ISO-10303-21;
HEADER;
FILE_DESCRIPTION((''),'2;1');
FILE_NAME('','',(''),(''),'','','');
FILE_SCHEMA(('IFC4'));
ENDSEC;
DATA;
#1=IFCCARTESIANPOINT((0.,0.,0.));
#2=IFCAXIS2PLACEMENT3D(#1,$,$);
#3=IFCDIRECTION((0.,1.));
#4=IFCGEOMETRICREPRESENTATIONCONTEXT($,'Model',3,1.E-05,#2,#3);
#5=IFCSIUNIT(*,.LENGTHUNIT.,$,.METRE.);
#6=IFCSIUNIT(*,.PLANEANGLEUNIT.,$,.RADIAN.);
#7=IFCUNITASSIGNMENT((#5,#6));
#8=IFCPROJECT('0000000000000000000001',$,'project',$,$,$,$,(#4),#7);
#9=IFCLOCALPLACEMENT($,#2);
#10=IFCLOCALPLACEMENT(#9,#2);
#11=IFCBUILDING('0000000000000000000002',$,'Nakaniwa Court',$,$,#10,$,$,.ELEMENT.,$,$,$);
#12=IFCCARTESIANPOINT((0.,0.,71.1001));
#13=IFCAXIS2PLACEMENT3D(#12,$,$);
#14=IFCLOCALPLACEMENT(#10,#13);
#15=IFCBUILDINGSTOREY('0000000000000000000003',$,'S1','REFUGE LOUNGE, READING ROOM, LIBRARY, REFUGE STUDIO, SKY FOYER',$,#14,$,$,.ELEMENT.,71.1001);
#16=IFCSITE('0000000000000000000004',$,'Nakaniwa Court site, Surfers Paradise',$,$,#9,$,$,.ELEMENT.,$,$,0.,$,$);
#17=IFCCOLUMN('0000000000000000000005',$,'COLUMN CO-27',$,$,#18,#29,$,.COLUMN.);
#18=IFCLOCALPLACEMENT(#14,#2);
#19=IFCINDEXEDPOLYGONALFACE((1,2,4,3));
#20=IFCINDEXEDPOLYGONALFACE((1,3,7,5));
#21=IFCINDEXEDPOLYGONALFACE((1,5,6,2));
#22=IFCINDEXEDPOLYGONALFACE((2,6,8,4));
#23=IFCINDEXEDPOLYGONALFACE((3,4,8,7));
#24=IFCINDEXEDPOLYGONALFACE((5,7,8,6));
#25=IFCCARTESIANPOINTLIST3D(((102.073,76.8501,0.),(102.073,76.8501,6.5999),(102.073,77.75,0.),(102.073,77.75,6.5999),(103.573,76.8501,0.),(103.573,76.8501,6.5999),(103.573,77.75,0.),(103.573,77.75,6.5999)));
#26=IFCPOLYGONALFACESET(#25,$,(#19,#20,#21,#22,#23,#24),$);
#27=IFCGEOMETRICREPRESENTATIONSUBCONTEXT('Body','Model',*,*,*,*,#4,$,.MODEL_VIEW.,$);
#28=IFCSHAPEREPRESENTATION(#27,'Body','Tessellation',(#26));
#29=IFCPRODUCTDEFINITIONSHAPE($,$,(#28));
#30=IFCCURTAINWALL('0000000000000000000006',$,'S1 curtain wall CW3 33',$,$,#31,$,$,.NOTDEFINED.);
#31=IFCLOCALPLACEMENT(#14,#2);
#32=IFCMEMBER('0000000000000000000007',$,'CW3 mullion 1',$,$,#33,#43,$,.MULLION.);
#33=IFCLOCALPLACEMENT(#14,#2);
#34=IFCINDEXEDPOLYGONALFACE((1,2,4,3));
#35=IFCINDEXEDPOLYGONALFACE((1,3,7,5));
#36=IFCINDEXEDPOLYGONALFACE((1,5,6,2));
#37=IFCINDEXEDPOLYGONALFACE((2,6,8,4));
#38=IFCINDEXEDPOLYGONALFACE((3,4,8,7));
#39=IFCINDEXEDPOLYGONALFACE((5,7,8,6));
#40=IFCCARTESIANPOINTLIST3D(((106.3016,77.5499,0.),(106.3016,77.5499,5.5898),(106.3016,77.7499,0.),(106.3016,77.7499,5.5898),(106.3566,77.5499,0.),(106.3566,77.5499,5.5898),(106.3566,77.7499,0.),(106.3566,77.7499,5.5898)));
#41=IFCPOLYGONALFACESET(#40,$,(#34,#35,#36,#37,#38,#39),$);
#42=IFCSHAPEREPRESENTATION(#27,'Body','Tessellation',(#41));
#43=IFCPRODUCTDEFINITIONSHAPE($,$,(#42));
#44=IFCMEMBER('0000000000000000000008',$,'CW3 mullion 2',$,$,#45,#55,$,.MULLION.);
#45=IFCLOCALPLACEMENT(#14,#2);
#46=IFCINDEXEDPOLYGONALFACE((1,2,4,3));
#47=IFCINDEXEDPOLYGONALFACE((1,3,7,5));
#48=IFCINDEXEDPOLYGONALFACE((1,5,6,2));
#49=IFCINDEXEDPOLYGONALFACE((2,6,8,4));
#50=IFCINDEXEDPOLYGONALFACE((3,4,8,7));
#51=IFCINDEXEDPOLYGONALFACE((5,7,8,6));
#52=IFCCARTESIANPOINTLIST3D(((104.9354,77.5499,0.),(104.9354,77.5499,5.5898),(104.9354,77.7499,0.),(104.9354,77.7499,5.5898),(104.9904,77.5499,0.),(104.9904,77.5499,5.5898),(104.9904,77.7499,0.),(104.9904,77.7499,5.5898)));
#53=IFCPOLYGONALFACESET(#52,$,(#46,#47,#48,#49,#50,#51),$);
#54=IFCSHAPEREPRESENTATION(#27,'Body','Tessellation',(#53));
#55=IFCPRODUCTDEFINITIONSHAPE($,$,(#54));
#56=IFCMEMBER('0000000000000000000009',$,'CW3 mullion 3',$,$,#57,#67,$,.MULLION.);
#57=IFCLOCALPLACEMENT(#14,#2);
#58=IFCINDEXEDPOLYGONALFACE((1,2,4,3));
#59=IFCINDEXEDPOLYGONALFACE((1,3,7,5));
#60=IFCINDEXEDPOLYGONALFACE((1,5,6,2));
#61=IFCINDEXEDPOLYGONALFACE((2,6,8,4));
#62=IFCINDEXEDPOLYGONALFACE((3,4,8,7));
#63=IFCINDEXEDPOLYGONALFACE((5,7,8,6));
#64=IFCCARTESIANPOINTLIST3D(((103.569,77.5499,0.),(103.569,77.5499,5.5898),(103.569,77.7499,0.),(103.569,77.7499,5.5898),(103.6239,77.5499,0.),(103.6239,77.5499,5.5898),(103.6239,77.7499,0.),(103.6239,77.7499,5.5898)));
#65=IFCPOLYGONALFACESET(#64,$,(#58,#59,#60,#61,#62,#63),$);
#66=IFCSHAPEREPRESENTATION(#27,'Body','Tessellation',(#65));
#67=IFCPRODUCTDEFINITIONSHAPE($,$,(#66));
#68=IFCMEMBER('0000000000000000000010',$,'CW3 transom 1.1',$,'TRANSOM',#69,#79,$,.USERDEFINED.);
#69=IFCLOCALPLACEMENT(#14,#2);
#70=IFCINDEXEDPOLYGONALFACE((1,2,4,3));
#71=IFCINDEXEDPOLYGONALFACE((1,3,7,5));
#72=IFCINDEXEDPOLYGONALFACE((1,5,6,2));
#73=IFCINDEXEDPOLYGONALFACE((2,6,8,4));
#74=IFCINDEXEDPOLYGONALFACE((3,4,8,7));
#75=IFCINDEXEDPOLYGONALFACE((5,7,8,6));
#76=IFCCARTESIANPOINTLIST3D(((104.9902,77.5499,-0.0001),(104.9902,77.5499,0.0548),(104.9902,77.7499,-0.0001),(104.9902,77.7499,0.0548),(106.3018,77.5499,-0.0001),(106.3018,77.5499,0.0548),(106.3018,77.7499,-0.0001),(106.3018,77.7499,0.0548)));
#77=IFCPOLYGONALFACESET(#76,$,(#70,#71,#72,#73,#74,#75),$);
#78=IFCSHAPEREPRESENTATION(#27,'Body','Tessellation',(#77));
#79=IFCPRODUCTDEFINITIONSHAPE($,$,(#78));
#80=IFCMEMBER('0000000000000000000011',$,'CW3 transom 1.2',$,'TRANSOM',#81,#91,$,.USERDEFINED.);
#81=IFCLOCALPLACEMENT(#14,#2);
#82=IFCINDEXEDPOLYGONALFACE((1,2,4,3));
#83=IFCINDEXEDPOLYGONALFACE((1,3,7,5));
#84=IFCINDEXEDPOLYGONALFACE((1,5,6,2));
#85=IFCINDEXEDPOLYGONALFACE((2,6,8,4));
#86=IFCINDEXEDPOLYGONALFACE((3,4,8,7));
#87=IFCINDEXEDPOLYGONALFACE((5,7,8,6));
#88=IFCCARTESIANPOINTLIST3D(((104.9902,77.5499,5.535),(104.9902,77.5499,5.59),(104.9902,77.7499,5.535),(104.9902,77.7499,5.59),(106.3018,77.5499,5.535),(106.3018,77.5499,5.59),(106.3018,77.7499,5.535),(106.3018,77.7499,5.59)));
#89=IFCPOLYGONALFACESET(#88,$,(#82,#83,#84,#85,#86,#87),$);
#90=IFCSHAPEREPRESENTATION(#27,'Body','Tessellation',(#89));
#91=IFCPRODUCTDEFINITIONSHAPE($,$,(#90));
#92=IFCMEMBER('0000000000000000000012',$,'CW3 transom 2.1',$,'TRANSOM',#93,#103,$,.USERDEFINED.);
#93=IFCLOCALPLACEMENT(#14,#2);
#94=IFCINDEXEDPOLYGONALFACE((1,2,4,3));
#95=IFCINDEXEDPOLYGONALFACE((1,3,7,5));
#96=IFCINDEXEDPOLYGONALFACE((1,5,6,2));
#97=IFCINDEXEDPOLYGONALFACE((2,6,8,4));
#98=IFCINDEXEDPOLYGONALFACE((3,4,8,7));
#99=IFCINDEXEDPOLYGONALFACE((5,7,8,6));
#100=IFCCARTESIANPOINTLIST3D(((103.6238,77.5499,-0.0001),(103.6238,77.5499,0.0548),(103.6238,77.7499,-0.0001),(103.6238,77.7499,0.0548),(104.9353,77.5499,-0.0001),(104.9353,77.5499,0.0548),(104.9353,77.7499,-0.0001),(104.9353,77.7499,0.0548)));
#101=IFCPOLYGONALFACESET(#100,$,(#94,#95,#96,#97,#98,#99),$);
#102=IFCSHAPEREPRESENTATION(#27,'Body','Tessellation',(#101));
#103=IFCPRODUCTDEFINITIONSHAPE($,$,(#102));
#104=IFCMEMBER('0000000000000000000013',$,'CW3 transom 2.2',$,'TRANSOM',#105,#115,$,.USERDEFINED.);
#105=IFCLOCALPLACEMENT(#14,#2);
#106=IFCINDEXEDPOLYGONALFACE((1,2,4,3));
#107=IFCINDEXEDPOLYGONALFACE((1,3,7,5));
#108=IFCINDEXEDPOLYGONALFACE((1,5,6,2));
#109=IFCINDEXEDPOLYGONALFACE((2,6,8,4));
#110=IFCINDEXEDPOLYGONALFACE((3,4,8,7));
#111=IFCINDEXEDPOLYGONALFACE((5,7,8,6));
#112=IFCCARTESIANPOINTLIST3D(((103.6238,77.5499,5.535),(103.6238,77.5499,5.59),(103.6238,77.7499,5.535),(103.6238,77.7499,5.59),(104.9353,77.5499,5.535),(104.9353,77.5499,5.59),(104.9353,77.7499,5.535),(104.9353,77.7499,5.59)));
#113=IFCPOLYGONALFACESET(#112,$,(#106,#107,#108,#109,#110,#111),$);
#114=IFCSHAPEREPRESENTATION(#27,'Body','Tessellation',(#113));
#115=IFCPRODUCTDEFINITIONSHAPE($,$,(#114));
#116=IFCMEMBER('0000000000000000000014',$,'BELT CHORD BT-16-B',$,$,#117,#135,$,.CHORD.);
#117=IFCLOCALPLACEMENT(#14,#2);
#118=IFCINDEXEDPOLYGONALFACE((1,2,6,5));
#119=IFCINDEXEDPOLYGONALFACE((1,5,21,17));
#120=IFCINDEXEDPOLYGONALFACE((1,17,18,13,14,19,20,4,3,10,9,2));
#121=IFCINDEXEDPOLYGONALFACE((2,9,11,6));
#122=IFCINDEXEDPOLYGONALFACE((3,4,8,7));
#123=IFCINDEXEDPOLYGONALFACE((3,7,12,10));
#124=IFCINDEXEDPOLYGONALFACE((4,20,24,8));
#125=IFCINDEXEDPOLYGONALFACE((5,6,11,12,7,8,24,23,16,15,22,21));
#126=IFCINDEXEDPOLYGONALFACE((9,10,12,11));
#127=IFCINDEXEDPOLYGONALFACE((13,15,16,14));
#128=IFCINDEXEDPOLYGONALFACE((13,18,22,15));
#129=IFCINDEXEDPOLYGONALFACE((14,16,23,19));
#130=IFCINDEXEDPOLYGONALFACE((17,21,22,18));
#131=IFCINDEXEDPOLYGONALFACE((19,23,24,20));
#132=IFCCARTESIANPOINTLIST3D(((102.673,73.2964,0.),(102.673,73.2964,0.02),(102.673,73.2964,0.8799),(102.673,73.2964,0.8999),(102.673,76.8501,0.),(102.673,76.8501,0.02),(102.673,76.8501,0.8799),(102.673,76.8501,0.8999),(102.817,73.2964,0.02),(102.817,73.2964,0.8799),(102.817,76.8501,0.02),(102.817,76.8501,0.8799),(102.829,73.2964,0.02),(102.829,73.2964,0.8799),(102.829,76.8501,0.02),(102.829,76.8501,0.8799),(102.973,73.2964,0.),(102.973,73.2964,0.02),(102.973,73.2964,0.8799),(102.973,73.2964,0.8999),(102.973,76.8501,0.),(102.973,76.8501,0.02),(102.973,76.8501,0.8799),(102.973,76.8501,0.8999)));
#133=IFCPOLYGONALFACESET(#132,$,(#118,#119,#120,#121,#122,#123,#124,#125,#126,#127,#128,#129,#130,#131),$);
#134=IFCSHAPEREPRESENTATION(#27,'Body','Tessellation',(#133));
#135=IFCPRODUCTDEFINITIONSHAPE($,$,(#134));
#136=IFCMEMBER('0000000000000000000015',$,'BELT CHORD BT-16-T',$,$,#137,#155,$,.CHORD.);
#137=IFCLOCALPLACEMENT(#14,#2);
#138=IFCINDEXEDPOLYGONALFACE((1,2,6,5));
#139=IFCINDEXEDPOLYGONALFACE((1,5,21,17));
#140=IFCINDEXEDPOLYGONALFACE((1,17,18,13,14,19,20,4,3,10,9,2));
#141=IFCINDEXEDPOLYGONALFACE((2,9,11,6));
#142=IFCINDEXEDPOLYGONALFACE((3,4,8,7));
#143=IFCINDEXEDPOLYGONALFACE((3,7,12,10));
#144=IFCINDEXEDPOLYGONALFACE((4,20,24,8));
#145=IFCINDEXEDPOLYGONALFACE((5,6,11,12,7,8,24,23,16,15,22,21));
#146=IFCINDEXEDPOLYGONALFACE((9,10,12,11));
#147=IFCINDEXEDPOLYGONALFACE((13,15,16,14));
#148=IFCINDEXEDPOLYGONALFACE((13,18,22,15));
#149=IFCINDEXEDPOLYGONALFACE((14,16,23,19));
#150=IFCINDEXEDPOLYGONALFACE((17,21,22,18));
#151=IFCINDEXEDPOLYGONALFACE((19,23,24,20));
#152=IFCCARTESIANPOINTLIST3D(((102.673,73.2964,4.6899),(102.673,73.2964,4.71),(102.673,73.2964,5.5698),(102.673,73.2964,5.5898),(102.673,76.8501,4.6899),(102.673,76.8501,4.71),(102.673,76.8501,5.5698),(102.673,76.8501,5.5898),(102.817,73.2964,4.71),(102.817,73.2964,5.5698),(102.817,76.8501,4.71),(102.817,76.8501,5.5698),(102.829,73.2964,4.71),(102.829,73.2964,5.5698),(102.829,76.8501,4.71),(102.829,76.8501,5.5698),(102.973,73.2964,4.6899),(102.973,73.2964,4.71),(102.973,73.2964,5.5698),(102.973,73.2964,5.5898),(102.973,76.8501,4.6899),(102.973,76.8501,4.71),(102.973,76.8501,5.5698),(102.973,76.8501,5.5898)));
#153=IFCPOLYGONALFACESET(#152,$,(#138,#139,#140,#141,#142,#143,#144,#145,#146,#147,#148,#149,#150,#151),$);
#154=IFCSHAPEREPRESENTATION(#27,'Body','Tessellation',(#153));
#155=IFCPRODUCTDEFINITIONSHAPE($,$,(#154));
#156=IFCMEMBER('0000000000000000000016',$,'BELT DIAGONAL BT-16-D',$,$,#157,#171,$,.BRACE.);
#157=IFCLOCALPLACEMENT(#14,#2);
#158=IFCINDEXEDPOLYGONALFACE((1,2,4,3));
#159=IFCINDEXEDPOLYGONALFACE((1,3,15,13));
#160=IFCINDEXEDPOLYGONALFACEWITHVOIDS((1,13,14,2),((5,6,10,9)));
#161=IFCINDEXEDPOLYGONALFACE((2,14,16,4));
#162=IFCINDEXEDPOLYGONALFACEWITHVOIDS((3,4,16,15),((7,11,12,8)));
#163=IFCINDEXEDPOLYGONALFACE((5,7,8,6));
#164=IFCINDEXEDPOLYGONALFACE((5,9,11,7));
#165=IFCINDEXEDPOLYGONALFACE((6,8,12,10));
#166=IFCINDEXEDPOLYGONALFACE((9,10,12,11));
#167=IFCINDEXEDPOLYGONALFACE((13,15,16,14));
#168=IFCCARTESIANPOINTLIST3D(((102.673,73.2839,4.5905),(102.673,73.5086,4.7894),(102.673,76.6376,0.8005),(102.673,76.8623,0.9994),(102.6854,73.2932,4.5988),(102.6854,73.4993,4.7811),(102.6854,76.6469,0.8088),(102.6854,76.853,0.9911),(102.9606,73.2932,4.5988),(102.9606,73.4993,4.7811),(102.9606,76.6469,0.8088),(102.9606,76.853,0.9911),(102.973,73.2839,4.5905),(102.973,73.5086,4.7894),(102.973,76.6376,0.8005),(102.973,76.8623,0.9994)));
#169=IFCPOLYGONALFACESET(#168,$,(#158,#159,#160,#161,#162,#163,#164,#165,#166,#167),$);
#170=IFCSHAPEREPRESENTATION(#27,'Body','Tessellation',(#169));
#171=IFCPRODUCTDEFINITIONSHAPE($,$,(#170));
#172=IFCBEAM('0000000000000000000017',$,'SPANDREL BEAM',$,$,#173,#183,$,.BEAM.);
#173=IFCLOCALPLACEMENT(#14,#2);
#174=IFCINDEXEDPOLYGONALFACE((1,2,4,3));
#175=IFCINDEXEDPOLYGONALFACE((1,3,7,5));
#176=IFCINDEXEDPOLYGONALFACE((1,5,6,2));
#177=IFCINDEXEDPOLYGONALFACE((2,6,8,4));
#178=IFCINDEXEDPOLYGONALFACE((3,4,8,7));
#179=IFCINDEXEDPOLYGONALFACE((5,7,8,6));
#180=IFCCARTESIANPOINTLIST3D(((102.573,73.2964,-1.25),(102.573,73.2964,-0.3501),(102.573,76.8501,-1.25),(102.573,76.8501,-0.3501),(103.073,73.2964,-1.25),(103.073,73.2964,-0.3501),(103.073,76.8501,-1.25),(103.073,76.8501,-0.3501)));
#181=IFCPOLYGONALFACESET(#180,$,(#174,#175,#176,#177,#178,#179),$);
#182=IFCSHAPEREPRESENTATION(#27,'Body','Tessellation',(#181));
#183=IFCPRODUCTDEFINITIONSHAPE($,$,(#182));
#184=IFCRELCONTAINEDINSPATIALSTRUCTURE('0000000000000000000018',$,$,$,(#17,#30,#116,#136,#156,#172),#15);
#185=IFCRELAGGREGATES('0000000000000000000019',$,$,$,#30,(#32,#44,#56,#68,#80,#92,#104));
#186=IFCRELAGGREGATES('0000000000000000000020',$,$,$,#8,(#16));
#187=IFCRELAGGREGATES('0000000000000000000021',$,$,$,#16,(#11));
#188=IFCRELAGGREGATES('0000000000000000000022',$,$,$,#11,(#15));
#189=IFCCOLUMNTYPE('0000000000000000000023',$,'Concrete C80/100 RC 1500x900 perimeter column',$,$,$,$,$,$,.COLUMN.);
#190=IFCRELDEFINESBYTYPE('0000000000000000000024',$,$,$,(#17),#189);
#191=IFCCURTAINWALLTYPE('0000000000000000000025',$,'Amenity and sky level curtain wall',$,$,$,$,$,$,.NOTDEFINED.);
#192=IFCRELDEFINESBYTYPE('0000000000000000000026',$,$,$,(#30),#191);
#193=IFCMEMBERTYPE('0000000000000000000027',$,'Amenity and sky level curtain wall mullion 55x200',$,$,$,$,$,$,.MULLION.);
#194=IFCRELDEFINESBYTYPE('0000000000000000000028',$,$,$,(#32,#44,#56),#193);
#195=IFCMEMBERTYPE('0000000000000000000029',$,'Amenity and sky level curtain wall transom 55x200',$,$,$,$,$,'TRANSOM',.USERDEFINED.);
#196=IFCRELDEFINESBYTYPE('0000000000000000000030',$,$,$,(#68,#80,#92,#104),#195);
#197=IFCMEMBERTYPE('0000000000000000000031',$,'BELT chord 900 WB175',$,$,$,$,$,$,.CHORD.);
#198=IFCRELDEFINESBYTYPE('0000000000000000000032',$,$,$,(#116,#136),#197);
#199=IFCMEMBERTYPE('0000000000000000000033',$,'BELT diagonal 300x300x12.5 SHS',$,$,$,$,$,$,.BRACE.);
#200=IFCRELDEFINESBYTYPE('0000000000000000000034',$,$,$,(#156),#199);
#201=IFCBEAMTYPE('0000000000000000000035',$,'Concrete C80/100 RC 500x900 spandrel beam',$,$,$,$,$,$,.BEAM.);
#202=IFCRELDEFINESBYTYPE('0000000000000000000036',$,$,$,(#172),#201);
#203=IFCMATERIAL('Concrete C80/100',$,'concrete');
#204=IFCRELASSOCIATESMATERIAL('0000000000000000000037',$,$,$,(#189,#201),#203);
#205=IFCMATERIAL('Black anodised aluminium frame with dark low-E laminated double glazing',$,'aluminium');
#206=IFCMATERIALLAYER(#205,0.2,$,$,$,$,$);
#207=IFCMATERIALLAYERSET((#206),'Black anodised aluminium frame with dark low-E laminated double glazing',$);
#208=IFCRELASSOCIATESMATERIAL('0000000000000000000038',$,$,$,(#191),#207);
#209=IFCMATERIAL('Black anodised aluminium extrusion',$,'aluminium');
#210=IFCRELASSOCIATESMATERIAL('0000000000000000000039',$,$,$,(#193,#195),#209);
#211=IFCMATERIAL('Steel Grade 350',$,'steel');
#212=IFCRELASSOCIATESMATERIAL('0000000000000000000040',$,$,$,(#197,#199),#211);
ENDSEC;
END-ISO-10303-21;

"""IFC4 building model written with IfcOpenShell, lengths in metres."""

from ifc_helpers import new_model, si_unit, direction, frame, origin, origin_2d, place, context, subcontext, project, spatial, rectangle, hollow_rectangle, i_section, extrude, material, layer, layer_set, material_profile, profile_set, type_object, element, aggregate, save


model = new_model("IFC4")

# Units and contexts
model_context = context("Model", 3, precision=1e-05, world=origin(), true_north=direction((0.0, 1.0)))
body_context = subcontext(model_context, "Body", "Model", "MODEL_VIEW")
ifc_project = project(units=[si_unit("LENGTHUNIT", "METRE"), si_unit("PLANEANGLEUNIT", "RADIAN")], contexts=[model_context])

# Site, building, storey
site_placement = place(None, origin())
site = spatial("IfcSite", under=ifc_project, at=site_placement, Name="Nakaniwa Court site, Surfers Paradise", CompositionType="ELEMENT", RefElevation=0.0)
building_placement = place(site_placement, origin())
building = spatial("IfcBuilding", under=site, at=building_placement, Name="Nakaniwa Court", CompositionType="ELEMENT")
storey_placement = place(building_placement, frame((0.0, 0.0, 71.1001)))
storey = spatial("IfcBuildingStorey", under=building, at=storey_placement, Name="S1", Description="REFUGE LOUNGE, READING ROOM, LIBRARY, REFUGE STUDIO, SKY FOYER", CompositionType="ELEMENT", Elevation=71.1001)

# Column
ifc_material_1 = material(Name="Concrete C80/100", Category="concrete")
ifc_material_profile_1 = material_profile(ifc_material_1, rectangle(XDim=1.5, YDim=0.8999, at=origin_2d()), Name="Concrete C80/100 RC 1500x900 perimeter column")
ifc_profile_set_1 = profile_set([ifc_material_profile_1], Name="Concrete C80/100")
column_type = type_object("IfcColumnType", Name="Concrete C80/100 RC 1500x900 perimeter column", PredefinedType="COLUMN", material=ifc_profile_set_1)
column_placement = place(storey_placement, frame((102.823, 77.3, 0.0), z_axis=(0.0, 0.0, 1.0), x_axis=(-1.0, 0.0, 0.0)))
element("IfcColumn", 1, at=column_placement, inside=storey, type_object=column_type, Name="COLUMN CO-27", PredefinedType="COLUMN", context=body_context, shape_type="SweptSolid", body=[
    extrude(rectangle(XDim=1.5, YDim=0.8999, at=origin_2d()), origin(), (0.0, 0.0, 1.0), 6.5999),
])

# Curtain wall, members
ifc_material_2 = material(Name="Black anodised aluminium frame with dark low-E laminated double glazing", Category="aluminium")
ifc_layer_1 = layer(ifc_material_2, 0.2)
ifc_layer_set_1 = layer_set([ifc_layer_1], Name="Black anodised aluminium frame with dark low-E laminated double glazing")
curtain_wall_type = type_object("IfcCurtainWallType", Name="Amenity and sky level curtain wall", PredefinedType="NOTDEFINED", material=ifc_layer_set_1)
curtain_wall_placement = place(storey_placement, origin())
curtain_wall = element("IfcCurtainWall", 2, at=curtain_wall_placement, inside=storey, type_object=curtain_wall_type, Name="S1 curtain wall CW3 33", PredefinedType="NOTDEFINED")
ifc_material_3 = material(Name="Black anodised aluminium extrusion", Category="aluminium")
ifc_material_profile_2 = material_profile(ifc_material_3, rectangle(XDim=0.2, YDim=0.0549, at=origin_2d()), Name="Amenity and sky level curtain wall mullion 55x200")
ifc_profile_set_2 = profile_set([ifc_material_profile_2], Name="Black anodised aluminium extrusion")
member_type_1 = type_object("IfcMemberType", Name="Amenity and sky level curtain wall mullion 55x200", PredefinedType="MULLION", material=ifc_profile_set_2)
member_1_placement = place(storey_placement, frame((106.3291, 77.6499, 0.0), z_axis=(0.0, 0.0, 1.0), x_axis=(0.0, -1.0, 0.0)))
member_1 = element("IfcMember", 3, at=member_1_placement, type_object=member_type_1, Name="CW3 mullion 1", PredefinedType="MULLION", context=body_context, shape_type="SweptSolid", body=[
    extrude(rectangle(XDim=0.2, YDim=0.0549, at=origin_2d()), origin(), (0.0, 0.0, 1.0), 5.5898),
])
member_2_placement = place(storey_placement, frame((104.9629, 77.6499, 0.0), z_axis=(0.0, 0.0, 1.0), x_axis=(0.0, -1.0, 0.0)))
member_2 = element("IfcMember", 4, at=member_2_placement, type_object=member_type_1, Name="CW3 mullion 2", PredefinedType="MULLION", context=body_context, shape_type="SweptSolid", body=[
    extrude(rectangle(XDim=0.2, YDim=0.0549, at=origin_2d()), origin(), (0.0, 0.0, 1.0), 5.5898),
])
member_3_placement = place(storey_placement, frame((103.5964, 77.6499, 0.0), z_axis=(0.0, 0.0, 1.0), x_axis=(0.0, -1.0, 0.0)))
member_3 = element("IfcMember", 5, at=member_3_placement, type_object=member_type_1, Name="CW3 mullion 3", PredefinedType="MULLION", context=body_context, shape_type="SweptSolid", body=[
    extrude(rectangle(XDim=0.2, YDim=0.0549, at=origin_2d()), origin(), (0.0, 0.0, 1.0), 5.5898),
])
ifc_material_profile_3 = material_profile(ifc_material_3, rectangle(XDim=0.2, YDim=0.0549, at=origin_2d()), Name="Amenity and sky level curtain wall transom 55x200")
ifc_profile_set_3 = profile_set([ifc_material_profile_3], Name="Black anodised aluminium extrusion")
member_type_2 = type_object("IfcMemberType", Name="Amenity and sky level curtain wall transom 55x200", ElementType="TRANSOM", PredefinedType="USERDEFINED", material=ifc_profile_set_3)
member_4_placement = place(storey_placement, frame((106.3018, 77.6499, 0.0273), z_axis=(-1.0, 0.0, 0.0), x_axis=(0.0, -1.0, 0.0)))
member_4 = element("IfcMember", 6, at=member_4_placement, type_object=member_type_2, Name="CW3 transom 1.1", ObjectType="TRANSOM", PredefinedType="USERDEFINED", context=body_context, shape_type="SweptSolid", body=[
    extrude(rectangle(XDim=0.2, YDim=0.0549, at=origin_2d()), origin(), (0.0, 0.0, 1.0), 1.3115),
])
member_5_placement = place(storey_placement, frame((106.3018, 77.6499, 5.5625), z_axis=(-1.0, 0.0, 0.0), x_axis=(0.0, -1.0, 0.0)))
member_5 = element("IfcMember", 7, at=member_5_placement, type_object=member_type_2, Name="CW3 transom 1.2", ObjectType="TRANSOM", PredefinedType="USERDEFINED", context=body_context, shape_type="SweptSolid", body=[
    extrude(rectangle(XDim=0.2, YDim=0.0549, at=origin_2d()), origin(), (0.0, 0.0, 1.0), 1.3115),
])
member_6_placement = place(storey_placement, frame((104.9353, 77.6499, 0.0273), z_axis=(-1.0, 0.0, 0.0), x_axis=(0.0, -1.0, 0.0)))
member_6 = element("IfcMember", 8, at=member_6_placement, type_object=member_type_2, Name="CW3 transom 2.1", ObjectType="TRANSOM", PredefinedType="USERDEFINED", context=body_context, shape_type="SweptSolid", body=[
    extrude(rectangle(XDim=0.2, YDim=0.0549, at=origin_2d()), origin(), (0.0, 0.0, 1.0), 1.3115),
])
member_7_placement = place(storey_placement, frame((104.9353, 77.6499, 5.5625), z_axis=(-1.0, 0.0, 0.0), x_axis=(0.0, -1.0, 0.0)))
member_7 = element("IfcMember", 9, at=member_7_placement, type_object=member_type_2, Name="CW3 transom 2.2", ObjectType="TRANSOM", PredefinedType="USERDEFINED", context=body_context, shape_type="SweptSolid", body=[
    extrude(rectangle(XDim=0.2, YDim=0.0549, at=origin_2d()), origin(), (0.0, 0.0, 1.0), 1.3115),
])

# Members
ifc_material_4 = material(Name="Steel Grade 350", Category="steel")
ifc_material_profile_4 = material_profile(ifc_material_4, i_section(OverallWidth=0.3, OverallDepth=0.8999, WebThickness=0.012, FlangeThickness=0.02, at=origin_2d()), Name="900WB175")
ifc_profile_set_4 = profile_set([ifc_material_profile_4], Name="Steel Grade 350")
member_type_3 = type_object("IfcMemberType", Name="BELT chord 900 WB175", PredefinedType="CHORD", material=ifc_profile_set_4)
for number, where, z_axis, x_axis, name in (
    (10, (102.823, 73.2964, 0.45), (0.0, 1.0, 0.0), (-1.0, 0.0, 0.0), "BELT CHORD BT-16-B"),
    (11, (102.823, 73.2964, 5.1399), (0.0, 1.0, 0.0), (-1.0, 0.0, 0.0), "BELT CHORD BT-16-T"),
):
    element("IfcMember", number, at=place(storey_placement, frame(where, z_axis=z_axis, x_axis=x_axis)), inside=storey, type_object=member_type_3, Name=name, PredefinedType="CHORD", context=body_context, shape_type="SweptSolid", body=[
        extrude(i_section(OverallWidth=0.3, OverallDepth=0.8999, WebThickness=0.012, FlangeThickness=0.02, at=origin_2d()), origin(), (0.0, 0.0, 1.0), 3.5537),
    ])
ifc_material_profile_5 = material_profile(ifc_material_4, hollow_rectangle(XDim=0.3, YDim=0.3, WallThickness=0.0125, at=origin_2d()), Name="BELT diagonal 300x300x12.5 SHS")
ifc_profile_set_5 = profile_set([ifc_material_profile_5], Name="Steel Grade 350")
member_type_4 = type_object("IfcMemberType", Name="BELT diagonal 300x300x12.5 SHS", PredefinedType="BRACE", material=ifc_profile_set_5)
member_8_placement = place(storey_placement, frame((102.823, 73.3962, 4.6899), z_axis=(0.0, 0.662688, -0.748895), x_axis=(-1.0, 0.0, 0.0)))
element("IfcMember", 12, at=member_8_placement, inside=storey, type_object=member_type_4, Name="BELT DIAGONAL BT-16-D", PredefinedType="BRACE", context=body_context, shape_type="SweptSolid", body=[
    extrude(hollow_rectangle(XDim=0.3, YDim=0.3, WallThickness=0.0125, at=origin_2d()), origin(), (0.0, 0.0, 1.0), 5.0608),
])

# Beam
ifc_material_profile_6 = material_profile(ifc_material_1, rectangle(XDim=0.5, YDim=0.8999, at=origin_2d()), Name="Concrete C80/100 RC 500x900 spandrel beam")
ifc_profile_set_6 = profile_set([ifc_material_profile_6], Name="Concrete C80/100")
beam_type = type_object("IfcBeamType", Name="Concrete C80/100 RC 500x900 spandrel beam", PredefinedType="BEAM", material=ifc_profile_set_6)
beam_placement = place(storey_placement, frame((102.823, 73.2964, -0.8), z_axis=(0.0, 1.0, 0.0), x_axis=(-1.0, 0.0, 0.0)))
element("IfcBeam", 13, at=beam_placement, inside=storey, type_object=beam_type, Name="SPANDREL BEAM", PredefinedType="BEAM", context=body_context, shape_type="SweptSolid", body=[
    extrude(rectangle(XDim=0.5, YDim=0.8999, at=origin_2d()), origin(), (0.0, 0.0, 1.0), 3.5537),
])

aggregate(curtain_wall, [member_1, member_2, member_3, member_4, member_5, member_6, member_7])

save(model, "model.ifc")
